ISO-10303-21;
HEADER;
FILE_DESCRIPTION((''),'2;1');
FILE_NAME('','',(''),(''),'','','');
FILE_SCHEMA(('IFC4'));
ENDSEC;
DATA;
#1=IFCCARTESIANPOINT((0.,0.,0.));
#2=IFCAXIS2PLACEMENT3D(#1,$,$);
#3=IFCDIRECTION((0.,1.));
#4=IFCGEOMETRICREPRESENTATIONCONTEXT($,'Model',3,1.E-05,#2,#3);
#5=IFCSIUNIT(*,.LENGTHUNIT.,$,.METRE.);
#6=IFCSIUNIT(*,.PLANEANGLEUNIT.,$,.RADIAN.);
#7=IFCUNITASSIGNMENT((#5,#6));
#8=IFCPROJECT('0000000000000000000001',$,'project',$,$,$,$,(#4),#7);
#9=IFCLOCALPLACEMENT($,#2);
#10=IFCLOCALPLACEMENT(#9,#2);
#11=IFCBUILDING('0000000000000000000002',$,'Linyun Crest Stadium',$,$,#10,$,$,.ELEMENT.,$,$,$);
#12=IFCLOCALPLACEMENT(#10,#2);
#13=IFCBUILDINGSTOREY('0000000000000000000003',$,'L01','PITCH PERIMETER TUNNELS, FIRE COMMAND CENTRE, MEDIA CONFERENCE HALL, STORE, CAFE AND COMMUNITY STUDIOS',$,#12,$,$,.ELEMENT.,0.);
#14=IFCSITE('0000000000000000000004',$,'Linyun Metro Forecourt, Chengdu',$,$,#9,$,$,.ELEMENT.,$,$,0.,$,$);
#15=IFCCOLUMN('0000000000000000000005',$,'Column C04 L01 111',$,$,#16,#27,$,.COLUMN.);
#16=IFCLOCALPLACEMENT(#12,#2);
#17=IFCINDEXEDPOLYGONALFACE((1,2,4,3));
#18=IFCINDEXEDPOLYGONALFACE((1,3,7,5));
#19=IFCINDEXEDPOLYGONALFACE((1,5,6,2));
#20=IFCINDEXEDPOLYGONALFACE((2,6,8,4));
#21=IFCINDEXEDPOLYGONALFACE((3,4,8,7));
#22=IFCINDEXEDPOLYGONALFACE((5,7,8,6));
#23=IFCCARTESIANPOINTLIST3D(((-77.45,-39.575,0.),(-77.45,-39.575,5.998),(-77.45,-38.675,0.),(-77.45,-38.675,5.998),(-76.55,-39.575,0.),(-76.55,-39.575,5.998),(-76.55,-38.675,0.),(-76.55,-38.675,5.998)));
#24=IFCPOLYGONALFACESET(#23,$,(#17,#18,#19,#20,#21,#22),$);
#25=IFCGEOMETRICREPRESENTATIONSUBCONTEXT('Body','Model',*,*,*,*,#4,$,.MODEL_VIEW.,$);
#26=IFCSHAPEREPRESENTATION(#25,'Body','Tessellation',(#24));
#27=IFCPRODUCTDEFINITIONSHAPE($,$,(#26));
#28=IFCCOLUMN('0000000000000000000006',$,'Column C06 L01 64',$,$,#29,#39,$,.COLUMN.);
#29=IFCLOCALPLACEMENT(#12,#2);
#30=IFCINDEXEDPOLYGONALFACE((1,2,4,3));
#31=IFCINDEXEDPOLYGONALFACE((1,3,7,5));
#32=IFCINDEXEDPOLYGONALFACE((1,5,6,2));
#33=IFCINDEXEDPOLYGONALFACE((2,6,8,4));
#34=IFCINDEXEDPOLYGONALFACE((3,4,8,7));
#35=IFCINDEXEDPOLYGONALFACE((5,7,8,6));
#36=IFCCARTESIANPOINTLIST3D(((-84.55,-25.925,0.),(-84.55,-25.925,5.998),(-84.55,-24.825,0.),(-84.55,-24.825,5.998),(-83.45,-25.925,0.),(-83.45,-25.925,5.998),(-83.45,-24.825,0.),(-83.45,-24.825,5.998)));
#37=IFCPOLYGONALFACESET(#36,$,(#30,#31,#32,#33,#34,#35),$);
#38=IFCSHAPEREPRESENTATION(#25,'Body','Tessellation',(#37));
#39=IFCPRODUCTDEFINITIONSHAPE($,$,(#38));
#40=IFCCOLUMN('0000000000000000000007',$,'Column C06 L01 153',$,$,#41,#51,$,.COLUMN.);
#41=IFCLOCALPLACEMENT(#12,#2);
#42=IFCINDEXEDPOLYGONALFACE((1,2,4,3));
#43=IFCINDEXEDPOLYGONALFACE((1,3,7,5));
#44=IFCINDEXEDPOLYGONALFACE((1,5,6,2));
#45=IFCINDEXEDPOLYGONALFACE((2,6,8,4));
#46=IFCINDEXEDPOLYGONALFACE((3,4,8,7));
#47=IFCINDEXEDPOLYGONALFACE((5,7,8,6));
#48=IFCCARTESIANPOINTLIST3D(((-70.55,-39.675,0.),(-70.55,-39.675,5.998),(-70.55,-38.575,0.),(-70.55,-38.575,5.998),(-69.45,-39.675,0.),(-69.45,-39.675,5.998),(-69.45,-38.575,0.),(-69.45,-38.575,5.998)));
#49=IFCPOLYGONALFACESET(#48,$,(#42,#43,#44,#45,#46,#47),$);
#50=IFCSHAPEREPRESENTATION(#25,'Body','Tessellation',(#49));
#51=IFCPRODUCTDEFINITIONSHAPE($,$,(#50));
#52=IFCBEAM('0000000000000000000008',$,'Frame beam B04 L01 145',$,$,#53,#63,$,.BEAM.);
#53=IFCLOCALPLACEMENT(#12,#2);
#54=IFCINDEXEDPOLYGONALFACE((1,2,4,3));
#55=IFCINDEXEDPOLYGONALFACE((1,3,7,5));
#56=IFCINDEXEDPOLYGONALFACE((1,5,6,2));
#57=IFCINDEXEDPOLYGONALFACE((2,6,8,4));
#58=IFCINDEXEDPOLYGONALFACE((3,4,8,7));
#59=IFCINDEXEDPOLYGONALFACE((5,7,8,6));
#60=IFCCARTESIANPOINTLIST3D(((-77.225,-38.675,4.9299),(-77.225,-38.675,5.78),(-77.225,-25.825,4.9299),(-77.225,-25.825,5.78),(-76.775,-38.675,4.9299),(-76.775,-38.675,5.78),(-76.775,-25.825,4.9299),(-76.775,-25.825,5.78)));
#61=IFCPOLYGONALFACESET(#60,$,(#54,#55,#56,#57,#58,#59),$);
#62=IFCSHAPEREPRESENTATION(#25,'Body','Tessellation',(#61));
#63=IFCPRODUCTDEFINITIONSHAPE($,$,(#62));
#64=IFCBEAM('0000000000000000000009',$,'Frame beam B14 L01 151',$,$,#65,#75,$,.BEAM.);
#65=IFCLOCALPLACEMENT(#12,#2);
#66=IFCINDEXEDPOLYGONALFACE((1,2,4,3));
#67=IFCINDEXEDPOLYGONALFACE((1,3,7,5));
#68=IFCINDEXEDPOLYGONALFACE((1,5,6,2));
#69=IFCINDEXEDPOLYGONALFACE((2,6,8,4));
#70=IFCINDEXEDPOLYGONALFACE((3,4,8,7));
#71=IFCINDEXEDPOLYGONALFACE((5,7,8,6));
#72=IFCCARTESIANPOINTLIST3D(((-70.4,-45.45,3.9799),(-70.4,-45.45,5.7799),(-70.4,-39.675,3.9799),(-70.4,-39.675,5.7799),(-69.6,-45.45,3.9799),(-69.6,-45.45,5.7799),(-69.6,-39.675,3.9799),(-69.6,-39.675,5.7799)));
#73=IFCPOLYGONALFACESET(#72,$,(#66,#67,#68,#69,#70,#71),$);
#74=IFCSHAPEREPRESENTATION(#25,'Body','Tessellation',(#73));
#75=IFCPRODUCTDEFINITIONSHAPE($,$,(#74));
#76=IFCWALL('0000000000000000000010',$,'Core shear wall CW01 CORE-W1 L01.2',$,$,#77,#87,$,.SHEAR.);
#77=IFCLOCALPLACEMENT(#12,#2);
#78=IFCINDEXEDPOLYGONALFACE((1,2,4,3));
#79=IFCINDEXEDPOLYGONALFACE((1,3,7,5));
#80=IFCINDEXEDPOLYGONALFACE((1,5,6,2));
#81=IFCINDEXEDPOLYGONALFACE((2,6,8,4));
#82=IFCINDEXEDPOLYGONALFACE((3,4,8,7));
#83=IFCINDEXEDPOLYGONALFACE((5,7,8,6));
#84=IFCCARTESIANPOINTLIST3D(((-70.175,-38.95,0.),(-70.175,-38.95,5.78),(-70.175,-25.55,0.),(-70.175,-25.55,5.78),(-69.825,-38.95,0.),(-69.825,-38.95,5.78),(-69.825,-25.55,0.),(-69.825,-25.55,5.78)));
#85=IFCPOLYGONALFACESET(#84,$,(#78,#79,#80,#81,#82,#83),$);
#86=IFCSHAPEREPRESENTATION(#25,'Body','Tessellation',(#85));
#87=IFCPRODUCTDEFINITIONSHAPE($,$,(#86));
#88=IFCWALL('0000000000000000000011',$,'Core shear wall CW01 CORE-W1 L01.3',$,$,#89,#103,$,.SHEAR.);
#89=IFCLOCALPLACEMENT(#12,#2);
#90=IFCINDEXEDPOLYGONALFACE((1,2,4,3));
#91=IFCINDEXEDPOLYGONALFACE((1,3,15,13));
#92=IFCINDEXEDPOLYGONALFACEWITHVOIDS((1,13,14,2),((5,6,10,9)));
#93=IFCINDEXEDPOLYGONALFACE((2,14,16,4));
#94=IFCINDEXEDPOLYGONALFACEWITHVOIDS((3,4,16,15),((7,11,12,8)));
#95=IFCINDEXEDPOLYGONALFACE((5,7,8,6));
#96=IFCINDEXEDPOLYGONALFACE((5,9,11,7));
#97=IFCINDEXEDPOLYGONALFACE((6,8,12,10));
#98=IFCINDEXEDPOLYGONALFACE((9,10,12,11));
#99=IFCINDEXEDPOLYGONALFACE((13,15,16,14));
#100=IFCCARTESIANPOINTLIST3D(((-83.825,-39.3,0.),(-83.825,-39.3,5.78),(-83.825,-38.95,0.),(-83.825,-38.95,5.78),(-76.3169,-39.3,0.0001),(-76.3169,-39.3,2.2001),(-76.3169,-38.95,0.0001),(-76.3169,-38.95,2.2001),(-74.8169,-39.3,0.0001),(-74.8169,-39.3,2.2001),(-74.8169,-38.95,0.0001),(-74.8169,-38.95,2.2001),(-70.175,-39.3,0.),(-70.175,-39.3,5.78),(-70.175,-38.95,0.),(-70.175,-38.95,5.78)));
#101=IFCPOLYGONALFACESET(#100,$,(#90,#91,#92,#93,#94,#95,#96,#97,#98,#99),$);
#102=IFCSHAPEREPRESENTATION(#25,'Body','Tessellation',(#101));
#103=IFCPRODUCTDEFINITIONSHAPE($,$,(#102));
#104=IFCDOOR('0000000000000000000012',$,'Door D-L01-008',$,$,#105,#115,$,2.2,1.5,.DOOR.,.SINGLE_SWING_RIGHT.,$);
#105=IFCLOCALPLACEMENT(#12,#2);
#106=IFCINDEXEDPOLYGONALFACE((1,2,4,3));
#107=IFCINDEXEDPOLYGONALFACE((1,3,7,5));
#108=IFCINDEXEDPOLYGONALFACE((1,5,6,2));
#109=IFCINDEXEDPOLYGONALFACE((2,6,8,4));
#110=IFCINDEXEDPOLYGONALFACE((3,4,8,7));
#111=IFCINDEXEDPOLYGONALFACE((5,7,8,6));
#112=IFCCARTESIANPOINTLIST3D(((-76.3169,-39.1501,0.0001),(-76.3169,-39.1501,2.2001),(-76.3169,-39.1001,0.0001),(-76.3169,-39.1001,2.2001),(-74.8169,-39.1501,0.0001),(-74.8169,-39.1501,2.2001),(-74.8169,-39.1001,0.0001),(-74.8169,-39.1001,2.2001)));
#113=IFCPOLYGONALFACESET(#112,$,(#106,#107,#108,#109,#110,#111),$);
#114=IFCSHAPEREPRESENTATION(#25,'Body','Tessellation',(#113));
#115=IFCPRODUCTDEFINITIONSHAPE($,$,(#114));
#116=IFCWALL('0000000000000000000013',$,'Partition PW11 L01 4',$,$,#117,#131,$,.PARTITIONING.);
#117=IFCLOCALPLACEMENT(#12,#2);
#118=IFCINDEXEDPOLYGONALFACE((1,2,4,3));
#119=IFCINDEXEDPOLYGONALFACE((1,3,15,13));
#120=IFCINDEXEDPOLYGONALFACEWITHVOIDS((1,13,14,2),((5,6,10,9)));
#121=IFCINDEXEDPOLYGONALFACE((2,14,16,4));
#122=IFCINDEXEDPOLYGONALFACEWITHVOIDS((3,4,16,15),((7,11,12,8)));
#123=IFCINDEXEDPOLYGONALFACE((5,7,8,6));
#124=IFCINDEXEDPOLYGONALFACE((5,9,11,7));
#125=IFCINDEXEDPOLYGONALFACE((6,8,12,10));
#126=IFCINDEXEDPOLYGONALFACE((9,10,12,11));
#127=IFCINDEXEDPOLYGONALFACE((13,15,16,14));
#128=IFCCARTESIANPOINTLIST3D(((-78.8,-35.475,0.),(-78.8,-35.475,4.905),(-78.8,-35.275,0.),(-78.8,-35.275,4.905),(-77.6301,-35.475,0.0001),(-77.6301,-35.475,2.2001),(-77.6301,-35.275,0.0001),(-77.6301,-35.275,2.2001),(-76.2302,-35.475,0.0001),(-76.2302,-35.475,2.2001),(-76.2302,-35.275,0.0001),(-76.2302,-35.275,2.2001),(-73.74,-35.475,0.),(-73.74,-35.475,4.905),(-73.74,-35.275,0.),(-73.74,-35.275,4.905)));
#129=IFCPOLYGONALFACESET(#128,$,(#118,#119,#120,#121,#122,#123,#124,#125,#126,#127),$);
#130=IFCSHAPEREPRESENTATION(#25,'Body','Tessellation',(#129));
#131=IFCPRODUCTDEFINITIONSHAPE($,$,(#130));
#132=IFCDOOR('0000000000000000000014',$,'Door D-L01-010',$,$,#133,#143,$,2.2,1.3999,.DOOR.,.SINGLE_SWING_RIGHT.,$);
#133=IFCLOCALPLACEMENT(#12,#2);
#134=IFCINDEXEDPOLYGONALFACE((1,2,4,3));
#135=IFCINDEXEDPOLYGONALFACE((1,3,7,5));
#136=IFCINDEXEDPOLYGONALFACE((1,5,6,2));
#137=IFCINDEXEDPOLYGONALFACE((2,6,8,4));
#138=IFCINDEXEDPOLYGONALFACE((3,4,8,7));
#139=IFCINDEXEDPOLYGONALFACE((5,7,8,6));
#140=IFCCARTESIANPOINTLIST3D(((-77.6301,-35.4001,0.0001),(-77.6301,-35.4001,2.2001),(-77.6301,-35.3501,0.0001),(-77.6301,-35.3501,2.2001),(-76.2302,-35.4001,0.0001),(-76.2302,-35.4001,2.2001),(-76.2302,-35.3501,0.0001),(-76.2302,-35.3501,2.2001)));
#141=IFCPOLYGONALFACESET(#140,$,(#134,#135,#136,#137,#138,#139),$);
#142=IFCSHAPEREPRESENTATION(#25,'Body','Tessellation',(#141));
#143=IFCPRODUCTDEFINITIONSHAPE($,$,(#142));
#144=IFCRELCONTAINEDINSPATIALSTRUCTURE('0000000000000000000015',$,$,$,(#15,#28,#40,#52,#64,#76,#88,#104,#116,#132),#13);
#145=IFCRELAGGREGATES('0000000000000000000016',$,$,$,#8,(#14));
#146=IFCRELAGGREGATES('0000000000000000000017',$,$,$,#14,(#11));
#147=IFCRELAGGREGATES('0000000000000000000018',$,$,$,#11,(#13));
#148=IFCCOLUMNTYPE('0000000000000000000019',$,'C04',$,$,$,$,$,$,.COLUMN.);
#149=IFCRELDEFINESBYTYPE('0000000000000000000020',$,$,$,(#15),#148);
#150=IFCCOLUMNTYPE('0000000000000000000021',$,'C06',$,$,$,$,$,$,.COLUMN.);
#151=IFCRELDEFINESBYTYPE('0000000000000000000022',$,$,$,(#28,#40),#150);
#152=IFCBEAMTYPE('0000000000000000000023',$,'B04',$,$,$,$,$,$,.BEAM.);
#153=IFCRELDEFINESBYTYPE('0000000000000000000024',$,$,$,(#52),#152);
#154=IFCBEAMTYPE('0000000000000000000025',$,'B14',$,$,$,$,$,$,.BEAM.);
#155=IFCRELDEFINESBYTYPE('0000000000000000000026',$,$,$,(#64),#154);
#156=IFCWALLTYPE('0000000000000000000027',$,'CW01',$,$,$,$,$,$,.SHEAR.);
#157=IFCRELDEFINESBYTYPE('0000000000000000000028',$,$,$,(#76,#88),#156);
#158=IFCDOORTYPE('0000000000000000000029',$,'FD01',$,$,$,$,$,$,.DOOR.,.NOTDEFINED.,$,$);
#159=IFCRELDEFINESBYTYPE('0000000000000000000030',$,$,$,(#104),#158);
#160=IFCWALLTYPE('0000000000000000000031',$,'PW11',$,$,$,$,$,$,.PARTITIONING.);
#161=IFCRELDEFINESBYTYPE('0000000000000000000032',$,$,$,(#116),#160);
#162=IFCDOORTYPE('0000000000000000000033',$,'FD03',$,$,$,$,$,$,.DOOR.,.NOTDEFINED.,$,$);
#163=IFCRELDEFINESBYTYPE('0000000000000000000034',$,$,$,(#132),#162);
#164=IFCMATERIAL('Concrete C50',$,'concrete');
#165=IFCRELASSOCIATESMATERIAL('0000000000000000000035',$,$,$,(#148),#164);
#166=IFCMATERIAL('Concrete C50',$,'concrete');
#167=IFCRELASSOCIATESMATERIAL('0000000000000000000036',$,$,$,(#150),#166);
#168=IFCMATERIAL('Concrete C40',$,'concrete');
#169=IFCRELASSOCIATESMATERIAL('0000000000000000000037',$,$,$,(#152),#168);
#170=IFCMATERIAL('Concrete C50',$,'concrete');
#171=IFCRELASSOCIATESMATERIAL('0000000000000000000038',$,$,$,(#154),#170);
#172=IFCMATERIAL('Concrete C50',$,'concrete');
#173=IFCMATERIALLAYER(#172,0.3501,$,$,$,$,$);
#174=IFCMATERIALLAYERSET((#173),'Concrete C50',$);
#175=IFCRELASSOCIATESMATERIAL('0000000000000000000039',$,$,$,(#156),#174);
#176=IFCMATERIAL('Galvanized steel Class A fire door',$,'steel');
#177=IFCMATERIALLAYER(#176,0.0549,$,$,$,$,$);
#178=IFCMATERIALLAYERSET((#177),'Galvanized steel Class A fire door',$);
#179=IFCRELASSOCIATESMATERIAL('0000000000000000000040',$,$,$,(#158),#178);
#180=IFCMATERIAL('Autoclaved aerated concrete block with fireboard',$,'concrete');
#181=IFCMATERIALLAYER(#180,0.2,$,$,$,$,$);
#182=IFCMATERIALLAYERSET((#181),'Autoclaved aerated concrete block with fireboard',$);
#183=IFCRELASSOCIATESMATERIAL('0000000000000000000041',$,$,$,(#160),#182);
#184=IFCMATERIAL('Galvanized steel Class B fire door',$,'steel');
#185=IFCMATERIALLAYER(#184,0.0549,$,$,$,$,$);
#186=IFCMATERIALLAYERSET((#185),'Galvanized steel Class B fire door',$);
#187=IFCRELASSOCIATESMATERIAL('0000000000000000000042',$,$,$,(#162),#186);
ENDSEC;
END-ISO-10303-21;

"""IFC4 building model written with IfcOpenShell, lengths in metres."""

from ifc_helpers import new_model, si_unit, direction, frame, frame_2d, origin, origin_2d, place, context, subcontext, project, spatial, rectangle, extrude, material, layer, layer_set, material_profile, profile_set, type_object, element, fill, save


model = new_model("IFC4")

# Units and contexts
model_context = context("Model", 3, precision=1e-05, world=origin(), true_north=direction((0.0, 1.0)))
body_context = subcontext(model_context, "Body", "Model", "MODEL_VIEW")
ifc_project = project(units=[si_unit("LENGTHUNIT", "METRE"), si_unit("PLANEANGLEUNIT", "RADIAN")], contexts=[model_context])

# Site, building, storey
site_placement = place(None, origin())
site = spatial("IfcSite", under=ifc_project, at=site_placement, Name="Linyun Metro Forecourt, Chengdu", CompositionType="ELEMENT", RefElevation=0.0)
building_placement = place(site_placement, origin())
building = spatial("IfcBuilding", under=site, at=building_placement, Name="Linyun Crest Stadium", CompositionType="ELEMENT")
storey_placement = place(building_placement, origin())
storey = spatial("IfcBuildingStorey", under=building, at=storey_placement, Name="L01", Description="PITCH PERIMETER TUNNELS, FIRE COMMAND CENTRE, MEDIA CONFERENCE HALL, STORE, CAFE AND COMMUNITY STUDIOS", CompositionType="ELEMENT", Elevation=0.0)

# Columns
ifc_material_1 = material(Name="Concrete C50", Category="concrete")
ifc_material_profile_1 = material_profile(ifc_material_1, rectangle(XDim=0.8999, YDim=0.8999, at=origin_2d()), Name="RC 900x900")
ifc_profile_set_1 = profile_set([ifc_material_profile_1], Name="Concrete C50")
column_type_1 = type_object("IfcColumnType", Name="C04", PredefinedType="COLUMN", material=ifc_profile_set_1)
column_placement = place(storey_placement, frame((-77.0, -39.125, 0.0), z_axis=(0.0, 0.0, 1.0), x_axis=(1.0, 0.0, 0.0)))
element("IfcColumn", 1, at=column_placement, inside=storey, type_object=column_type_1, Name="Column C04 L01 111", PredefinedType="COLUMN", context=body_context, shape_type="SweptSolid", body=[
    extrude(rectangle(XDim=0.8999, YDim=0.8999, at=origin_2d()), origin(), (0.0, 0.0, 1.0), 5.998),
])
ifc_material_2 = material(Name="Concrete C50", Category="concrete")
ifc_material_profile_2 = material_profile(ifc_material_2, rectangle(XDim=1.1001, YDim=1.1001, at=origin_2d()), Name="RC 1100x1100")
ifc_profile_set_2 = profile_set([ifc_material_profile_2], Name="Concrete C50")
column_type_2 = type_object("IfcColumnType", Name="C06", PredefinedType="COLUMN", material=ifc_profile_set_2)
for number, where, z_axis, x_axis, name in (
    (2, (-84.0, -25.375, 0.0), (0.0, 0.0, 1.0), (1.0, 0.0, 0.0), "Column C06 L01 64"),
    (3, (-70.0, -39.125, 0.0), (0.0, 0.0, 1.0), (1.0, 0.0, 0.0), "Column C06 L01 153"),
):
    element("IfcColumn", number, at=place(storey_placement, frame(where, z_axis=z_axis, x_axis=x_axis)), inside=storey, type_object=column_type_2, Name=name, PredefinedType="COLUMN", context=body_context, shape_type="SweptSolid", body=[
        extrude(rectangle(XDim=1.1001, YDim=1.1001, at=origin_2d()), origin(), (0.0, 0.0, 1.0), 5.998),
    ])

# Beams
ifc_material_3 = material(Name="Concrete C40", Category="concrete")
ifc_material_profile_3 = material_profile(ifc_material_3, rectangle(XDim=0.45, YDim=0.8501, at=origin_2d()), Name="RCB 850x450")
ifc_profile_set_3 = profile_set([ifc_material_profile_3], Name="Concrete C40")
beam_type_1 = type_object("IfcBeamType", Name="B04", PredefinedType="BEAM", material=ifc_profile_set_3)
beam_1_placement = place(storey_placement, frame((-77.0, -38.675, 5.355), z_axis=(0.0, 1.0, 0.0), x_axis=(-1.0, 0.0, 0.0)))
element("IfcBeam", 4, at=beam_1_placement, inside=storey, type_object=beam_type_1, Name="Frame beam B04 L01 145", PredefinedType="BEAM", context=body_context, shape_type="SweptSolid", body=[
    extrude(rectangle(XDim=0.45, YDim=0.8501, at=origin_2d()), origin(), (0.0, 0.0, 1.0), 12.8501),
])
ifc_material_4 = material(Name="Concrete C50", Category="concrete")
ifc_material_profile_4 = material_profile(ifc_material_4, rectangle(XDim=0.8, YDim=1.8, at=origin_2d()), Name="RCB 1800x800")
ifc_profile_set_4 = profile_set([ifc_material_profile_4], Name="Concrete C50")
beam_type_2 = type_object("IfcBeamType", Name="B14", PredefinedType="BEAM", material=ifc_profile_set_4)
beam_2_placement = place(storey_placement, frame((-70.0, -45.45, 4.8799), z_axis=(0.0, 1.0, 0.0), x_axis=(-1.0, 0.0, 0.0)))
element("IfcBeam", 5, at=beam_2_placement, inside=storey, type_object=beam_type_2, Name="Frame beam B14 L01 151", PredefinedType="BEAM", context=body_context, shape_type="SweptSolid", body=[
    extrude(rectangle(XDim=0.8, YDim=1.8, at=origin_2d()), origin(), (0.0, 0.0, 1.0), 5.7749),
])

# Wall
ifc_material_5 = material(Name="Concrete C50", Category="concrete")
ifc_layer_1 = layer(ifc_material_5, 0.3501)
ifc_layer_set_1 = layer_set([ifc_layer_1], Name="Concrete C50")
wall_type_1 = type_object("IfcWallType", Name="CW01", PredefinedType="SHEAR", material=ifc_layer_set_1)
wall_1_placement = place(storey_placement, frame((-70.0, -38.95, 0.0), z_axis=(0.0, 0.0, 1.0), x_axis=(0.0, 1.0, 0.0)))
element("IfcWall", 6, at=wall_1_placement, inside=storey, type_object=wall_type_1, Name="Core shear wall CW01 CORE-W1 L01.2", PredefinedType="SHEAR", context=body_context, shape_type="SweptSolid", body=[
    extrude(rectangle(XDim=13.3999, YDim=0.3501, at=frame_2d((6.7, 0.0))), origin(), (0.0, 0.0, 1.0), 5.78),
])

# Walls, openings, doors
wall_2_placement = place(storey_placement, frame((-83.825, -39.125, 0.0), z_axis=(0.0, 0.0, 1.0), x_axis=(1.0, 0.0, 0.0)))
wall_2 = element("IfcWall", 7, at=wall_2_placement, inside=storey, type_object=wall_type_1, Name="Core shear wall CW01 CORE-W1 L01.3", PredefinedType="SHEAR", context=body_context, shape_type="SweptSolid", body=[
    extrude(rectangle(XDim=13.6499, YDim=0.3501, at=frame_2d((6.825, 0.0))), origin(), (0.0, 0.0, 1.0), 5.78),
])
opening_1_placement = place(wall_2_placement, frame((7.5081, 0.0, 0.0)))
opening_1 = element("IfcOpeningElement", 8, at=opening_1_placement, cuts=wall_2, PredefinedType="OPENING", context=body_context, shape_type="SweptSolid", body=[
    extrude(rectangle(XDim=1.5, YDim=2.2, at=frame_2d((0.75, 1.1001))), frame((0.0, 0.1851, 0.0), z_axis=(0.0, -1.0, 0.0), x_axis=(1.0, 0.0, 0.0)), (0.0, 0.0, 1.0), 0.3701),
])
ifc_material_6 = material(Name="Galvanized steel Class A fire door", Category="steel")
ifc_layer_2 = layer(ifc_material_6, 0.0549)
ifc_layer_set_2 = layer_set([ifc_layer_2], Name="Galvanized steel Class A fire door")
door_type_1 = type_object("IfcDoorType", Name="FD01", OperationType="NOTDEFINED", PredefinedType="DOOR", material=ifc_layer_set_2)
door_1_placement = place(opening_1_placement, origin())
door_1 = element("IfcDoor", 9, at=door_1_placement, inside=storey, type_object=door_type_1, Name="Door D-L01-008", OperationType="SINGLE_SWING_RIGHT", OverallHeight=2.2, OverallWidth=1.5, PredefinedType="DOOR", context=body_context, shape_type="SweptSolid", body=[
    extrude(rectangle(XDim=1.5, YDim=2.2, at=frame_2d((0.75, 1.1001))), frame((0.0, 0.0249, 0.0), z_axis=(0.0, -1.0, 0.0), x_axis=(1.0, 0.0, 0.0)), (0.0, 0.0, 1.0), 0.05),
])
fill(opening_1, door_1)
ifc_material_7 = material(Name="Autoclaved aerated concrete block with fireboard", Category="concrete")
ifc_layer_3 = layer(ifc_material_7, 0.2)
ifc_layer_set_3 = layer_set([ifc_layer_3], Name="Autoclaved aerated concrete block with fireboard")
wall_type_2 = type_object("IfcWallType", Name="PW11", PredefinedType="PARTITIONING", material=ifc_layer_set_3)
wall_3_placement = place(storey_placement, frame((-78.8, -35.375, 0.0), z_axis=(0.0, 0.0, 1.0), x_axis=(1.0, 0.0, 0.0)))
wall_3 = element("IfcWall", 10, at=wall_3_placement, inside=storey, type_object=wall_type_2, Name="Partition PW11 L01 4", PredefinedType="PARTITIONING", context=body_context, shape_type="SweptSolid", body=[
    extrude(rectangle(XDim=5.0601, YDim=0.2, at=frame_2d((2.53, 0.0))), origin(), (0.0, 0.0, 1.0), 4.905),
])
opening_2_placement = place(wall_3_placement, frame((1.1699, 0.0, 0.0)))
opening_2 = element("IfcOpeningElement", 11, at=opening_2_placement, cuts=wall_3, PredefinedType="OPENING", context=body_context, shape_type="SweptSolid", body=[
    extrude(rectangle(XDim=1.3999, YDim=2.2, at=frame_2d((0.7, 1.1001))), frame((0.0, 0.1099, 0.0), z_axis=(0.0, -1.0, 0.0), x_axis=(1.0, 0.0, 0.0)), (0.0, 0.0, 1.0), 0.22),
])
ifc_material_8 = material(Name="Galvanized steel Class B fire door", Category="steel")
ifc_layer_4 = layer(ifc_material_8, 0.0549)
ifc_layer_set_4 = layer_set([ifc_layer_4], Name="Galvanized steel Class B fire door")
door_type_2 = type_object("IfcDoorType", Name="FD03", OperationType="NOTDEFINED", PredefinedType="DOOR", material=ifc_layer_set_4)
door_2_placement = place(opening_2_placement, origin())
door_2 = element("IfcDoor", 12, at=door_2_placement, inside=storey, type_object=door_type_2, Name="Door D-L01-010", OperationType="SINGLE_SWING_RIGHT", OverallHeight=2.2, OverallWidth=1.3999, PredefinedType="DOOR", context=body_context, shape_type="SweptSolid", body=[
    extrude(rectangle(XDim=1.3999, YDim=2.2, at=frame_2d((0.7, 1.1001))), frame((0.0, 0.0249, 0.0), z_axis=(0.0, -1.0, 0.0), x_axis=(1.0, 0.0, 0.0)), (0.0, 0.0, 1.0), 0.05),
])
fill(opening_2, door_2)

save(model, "model.ifc")
